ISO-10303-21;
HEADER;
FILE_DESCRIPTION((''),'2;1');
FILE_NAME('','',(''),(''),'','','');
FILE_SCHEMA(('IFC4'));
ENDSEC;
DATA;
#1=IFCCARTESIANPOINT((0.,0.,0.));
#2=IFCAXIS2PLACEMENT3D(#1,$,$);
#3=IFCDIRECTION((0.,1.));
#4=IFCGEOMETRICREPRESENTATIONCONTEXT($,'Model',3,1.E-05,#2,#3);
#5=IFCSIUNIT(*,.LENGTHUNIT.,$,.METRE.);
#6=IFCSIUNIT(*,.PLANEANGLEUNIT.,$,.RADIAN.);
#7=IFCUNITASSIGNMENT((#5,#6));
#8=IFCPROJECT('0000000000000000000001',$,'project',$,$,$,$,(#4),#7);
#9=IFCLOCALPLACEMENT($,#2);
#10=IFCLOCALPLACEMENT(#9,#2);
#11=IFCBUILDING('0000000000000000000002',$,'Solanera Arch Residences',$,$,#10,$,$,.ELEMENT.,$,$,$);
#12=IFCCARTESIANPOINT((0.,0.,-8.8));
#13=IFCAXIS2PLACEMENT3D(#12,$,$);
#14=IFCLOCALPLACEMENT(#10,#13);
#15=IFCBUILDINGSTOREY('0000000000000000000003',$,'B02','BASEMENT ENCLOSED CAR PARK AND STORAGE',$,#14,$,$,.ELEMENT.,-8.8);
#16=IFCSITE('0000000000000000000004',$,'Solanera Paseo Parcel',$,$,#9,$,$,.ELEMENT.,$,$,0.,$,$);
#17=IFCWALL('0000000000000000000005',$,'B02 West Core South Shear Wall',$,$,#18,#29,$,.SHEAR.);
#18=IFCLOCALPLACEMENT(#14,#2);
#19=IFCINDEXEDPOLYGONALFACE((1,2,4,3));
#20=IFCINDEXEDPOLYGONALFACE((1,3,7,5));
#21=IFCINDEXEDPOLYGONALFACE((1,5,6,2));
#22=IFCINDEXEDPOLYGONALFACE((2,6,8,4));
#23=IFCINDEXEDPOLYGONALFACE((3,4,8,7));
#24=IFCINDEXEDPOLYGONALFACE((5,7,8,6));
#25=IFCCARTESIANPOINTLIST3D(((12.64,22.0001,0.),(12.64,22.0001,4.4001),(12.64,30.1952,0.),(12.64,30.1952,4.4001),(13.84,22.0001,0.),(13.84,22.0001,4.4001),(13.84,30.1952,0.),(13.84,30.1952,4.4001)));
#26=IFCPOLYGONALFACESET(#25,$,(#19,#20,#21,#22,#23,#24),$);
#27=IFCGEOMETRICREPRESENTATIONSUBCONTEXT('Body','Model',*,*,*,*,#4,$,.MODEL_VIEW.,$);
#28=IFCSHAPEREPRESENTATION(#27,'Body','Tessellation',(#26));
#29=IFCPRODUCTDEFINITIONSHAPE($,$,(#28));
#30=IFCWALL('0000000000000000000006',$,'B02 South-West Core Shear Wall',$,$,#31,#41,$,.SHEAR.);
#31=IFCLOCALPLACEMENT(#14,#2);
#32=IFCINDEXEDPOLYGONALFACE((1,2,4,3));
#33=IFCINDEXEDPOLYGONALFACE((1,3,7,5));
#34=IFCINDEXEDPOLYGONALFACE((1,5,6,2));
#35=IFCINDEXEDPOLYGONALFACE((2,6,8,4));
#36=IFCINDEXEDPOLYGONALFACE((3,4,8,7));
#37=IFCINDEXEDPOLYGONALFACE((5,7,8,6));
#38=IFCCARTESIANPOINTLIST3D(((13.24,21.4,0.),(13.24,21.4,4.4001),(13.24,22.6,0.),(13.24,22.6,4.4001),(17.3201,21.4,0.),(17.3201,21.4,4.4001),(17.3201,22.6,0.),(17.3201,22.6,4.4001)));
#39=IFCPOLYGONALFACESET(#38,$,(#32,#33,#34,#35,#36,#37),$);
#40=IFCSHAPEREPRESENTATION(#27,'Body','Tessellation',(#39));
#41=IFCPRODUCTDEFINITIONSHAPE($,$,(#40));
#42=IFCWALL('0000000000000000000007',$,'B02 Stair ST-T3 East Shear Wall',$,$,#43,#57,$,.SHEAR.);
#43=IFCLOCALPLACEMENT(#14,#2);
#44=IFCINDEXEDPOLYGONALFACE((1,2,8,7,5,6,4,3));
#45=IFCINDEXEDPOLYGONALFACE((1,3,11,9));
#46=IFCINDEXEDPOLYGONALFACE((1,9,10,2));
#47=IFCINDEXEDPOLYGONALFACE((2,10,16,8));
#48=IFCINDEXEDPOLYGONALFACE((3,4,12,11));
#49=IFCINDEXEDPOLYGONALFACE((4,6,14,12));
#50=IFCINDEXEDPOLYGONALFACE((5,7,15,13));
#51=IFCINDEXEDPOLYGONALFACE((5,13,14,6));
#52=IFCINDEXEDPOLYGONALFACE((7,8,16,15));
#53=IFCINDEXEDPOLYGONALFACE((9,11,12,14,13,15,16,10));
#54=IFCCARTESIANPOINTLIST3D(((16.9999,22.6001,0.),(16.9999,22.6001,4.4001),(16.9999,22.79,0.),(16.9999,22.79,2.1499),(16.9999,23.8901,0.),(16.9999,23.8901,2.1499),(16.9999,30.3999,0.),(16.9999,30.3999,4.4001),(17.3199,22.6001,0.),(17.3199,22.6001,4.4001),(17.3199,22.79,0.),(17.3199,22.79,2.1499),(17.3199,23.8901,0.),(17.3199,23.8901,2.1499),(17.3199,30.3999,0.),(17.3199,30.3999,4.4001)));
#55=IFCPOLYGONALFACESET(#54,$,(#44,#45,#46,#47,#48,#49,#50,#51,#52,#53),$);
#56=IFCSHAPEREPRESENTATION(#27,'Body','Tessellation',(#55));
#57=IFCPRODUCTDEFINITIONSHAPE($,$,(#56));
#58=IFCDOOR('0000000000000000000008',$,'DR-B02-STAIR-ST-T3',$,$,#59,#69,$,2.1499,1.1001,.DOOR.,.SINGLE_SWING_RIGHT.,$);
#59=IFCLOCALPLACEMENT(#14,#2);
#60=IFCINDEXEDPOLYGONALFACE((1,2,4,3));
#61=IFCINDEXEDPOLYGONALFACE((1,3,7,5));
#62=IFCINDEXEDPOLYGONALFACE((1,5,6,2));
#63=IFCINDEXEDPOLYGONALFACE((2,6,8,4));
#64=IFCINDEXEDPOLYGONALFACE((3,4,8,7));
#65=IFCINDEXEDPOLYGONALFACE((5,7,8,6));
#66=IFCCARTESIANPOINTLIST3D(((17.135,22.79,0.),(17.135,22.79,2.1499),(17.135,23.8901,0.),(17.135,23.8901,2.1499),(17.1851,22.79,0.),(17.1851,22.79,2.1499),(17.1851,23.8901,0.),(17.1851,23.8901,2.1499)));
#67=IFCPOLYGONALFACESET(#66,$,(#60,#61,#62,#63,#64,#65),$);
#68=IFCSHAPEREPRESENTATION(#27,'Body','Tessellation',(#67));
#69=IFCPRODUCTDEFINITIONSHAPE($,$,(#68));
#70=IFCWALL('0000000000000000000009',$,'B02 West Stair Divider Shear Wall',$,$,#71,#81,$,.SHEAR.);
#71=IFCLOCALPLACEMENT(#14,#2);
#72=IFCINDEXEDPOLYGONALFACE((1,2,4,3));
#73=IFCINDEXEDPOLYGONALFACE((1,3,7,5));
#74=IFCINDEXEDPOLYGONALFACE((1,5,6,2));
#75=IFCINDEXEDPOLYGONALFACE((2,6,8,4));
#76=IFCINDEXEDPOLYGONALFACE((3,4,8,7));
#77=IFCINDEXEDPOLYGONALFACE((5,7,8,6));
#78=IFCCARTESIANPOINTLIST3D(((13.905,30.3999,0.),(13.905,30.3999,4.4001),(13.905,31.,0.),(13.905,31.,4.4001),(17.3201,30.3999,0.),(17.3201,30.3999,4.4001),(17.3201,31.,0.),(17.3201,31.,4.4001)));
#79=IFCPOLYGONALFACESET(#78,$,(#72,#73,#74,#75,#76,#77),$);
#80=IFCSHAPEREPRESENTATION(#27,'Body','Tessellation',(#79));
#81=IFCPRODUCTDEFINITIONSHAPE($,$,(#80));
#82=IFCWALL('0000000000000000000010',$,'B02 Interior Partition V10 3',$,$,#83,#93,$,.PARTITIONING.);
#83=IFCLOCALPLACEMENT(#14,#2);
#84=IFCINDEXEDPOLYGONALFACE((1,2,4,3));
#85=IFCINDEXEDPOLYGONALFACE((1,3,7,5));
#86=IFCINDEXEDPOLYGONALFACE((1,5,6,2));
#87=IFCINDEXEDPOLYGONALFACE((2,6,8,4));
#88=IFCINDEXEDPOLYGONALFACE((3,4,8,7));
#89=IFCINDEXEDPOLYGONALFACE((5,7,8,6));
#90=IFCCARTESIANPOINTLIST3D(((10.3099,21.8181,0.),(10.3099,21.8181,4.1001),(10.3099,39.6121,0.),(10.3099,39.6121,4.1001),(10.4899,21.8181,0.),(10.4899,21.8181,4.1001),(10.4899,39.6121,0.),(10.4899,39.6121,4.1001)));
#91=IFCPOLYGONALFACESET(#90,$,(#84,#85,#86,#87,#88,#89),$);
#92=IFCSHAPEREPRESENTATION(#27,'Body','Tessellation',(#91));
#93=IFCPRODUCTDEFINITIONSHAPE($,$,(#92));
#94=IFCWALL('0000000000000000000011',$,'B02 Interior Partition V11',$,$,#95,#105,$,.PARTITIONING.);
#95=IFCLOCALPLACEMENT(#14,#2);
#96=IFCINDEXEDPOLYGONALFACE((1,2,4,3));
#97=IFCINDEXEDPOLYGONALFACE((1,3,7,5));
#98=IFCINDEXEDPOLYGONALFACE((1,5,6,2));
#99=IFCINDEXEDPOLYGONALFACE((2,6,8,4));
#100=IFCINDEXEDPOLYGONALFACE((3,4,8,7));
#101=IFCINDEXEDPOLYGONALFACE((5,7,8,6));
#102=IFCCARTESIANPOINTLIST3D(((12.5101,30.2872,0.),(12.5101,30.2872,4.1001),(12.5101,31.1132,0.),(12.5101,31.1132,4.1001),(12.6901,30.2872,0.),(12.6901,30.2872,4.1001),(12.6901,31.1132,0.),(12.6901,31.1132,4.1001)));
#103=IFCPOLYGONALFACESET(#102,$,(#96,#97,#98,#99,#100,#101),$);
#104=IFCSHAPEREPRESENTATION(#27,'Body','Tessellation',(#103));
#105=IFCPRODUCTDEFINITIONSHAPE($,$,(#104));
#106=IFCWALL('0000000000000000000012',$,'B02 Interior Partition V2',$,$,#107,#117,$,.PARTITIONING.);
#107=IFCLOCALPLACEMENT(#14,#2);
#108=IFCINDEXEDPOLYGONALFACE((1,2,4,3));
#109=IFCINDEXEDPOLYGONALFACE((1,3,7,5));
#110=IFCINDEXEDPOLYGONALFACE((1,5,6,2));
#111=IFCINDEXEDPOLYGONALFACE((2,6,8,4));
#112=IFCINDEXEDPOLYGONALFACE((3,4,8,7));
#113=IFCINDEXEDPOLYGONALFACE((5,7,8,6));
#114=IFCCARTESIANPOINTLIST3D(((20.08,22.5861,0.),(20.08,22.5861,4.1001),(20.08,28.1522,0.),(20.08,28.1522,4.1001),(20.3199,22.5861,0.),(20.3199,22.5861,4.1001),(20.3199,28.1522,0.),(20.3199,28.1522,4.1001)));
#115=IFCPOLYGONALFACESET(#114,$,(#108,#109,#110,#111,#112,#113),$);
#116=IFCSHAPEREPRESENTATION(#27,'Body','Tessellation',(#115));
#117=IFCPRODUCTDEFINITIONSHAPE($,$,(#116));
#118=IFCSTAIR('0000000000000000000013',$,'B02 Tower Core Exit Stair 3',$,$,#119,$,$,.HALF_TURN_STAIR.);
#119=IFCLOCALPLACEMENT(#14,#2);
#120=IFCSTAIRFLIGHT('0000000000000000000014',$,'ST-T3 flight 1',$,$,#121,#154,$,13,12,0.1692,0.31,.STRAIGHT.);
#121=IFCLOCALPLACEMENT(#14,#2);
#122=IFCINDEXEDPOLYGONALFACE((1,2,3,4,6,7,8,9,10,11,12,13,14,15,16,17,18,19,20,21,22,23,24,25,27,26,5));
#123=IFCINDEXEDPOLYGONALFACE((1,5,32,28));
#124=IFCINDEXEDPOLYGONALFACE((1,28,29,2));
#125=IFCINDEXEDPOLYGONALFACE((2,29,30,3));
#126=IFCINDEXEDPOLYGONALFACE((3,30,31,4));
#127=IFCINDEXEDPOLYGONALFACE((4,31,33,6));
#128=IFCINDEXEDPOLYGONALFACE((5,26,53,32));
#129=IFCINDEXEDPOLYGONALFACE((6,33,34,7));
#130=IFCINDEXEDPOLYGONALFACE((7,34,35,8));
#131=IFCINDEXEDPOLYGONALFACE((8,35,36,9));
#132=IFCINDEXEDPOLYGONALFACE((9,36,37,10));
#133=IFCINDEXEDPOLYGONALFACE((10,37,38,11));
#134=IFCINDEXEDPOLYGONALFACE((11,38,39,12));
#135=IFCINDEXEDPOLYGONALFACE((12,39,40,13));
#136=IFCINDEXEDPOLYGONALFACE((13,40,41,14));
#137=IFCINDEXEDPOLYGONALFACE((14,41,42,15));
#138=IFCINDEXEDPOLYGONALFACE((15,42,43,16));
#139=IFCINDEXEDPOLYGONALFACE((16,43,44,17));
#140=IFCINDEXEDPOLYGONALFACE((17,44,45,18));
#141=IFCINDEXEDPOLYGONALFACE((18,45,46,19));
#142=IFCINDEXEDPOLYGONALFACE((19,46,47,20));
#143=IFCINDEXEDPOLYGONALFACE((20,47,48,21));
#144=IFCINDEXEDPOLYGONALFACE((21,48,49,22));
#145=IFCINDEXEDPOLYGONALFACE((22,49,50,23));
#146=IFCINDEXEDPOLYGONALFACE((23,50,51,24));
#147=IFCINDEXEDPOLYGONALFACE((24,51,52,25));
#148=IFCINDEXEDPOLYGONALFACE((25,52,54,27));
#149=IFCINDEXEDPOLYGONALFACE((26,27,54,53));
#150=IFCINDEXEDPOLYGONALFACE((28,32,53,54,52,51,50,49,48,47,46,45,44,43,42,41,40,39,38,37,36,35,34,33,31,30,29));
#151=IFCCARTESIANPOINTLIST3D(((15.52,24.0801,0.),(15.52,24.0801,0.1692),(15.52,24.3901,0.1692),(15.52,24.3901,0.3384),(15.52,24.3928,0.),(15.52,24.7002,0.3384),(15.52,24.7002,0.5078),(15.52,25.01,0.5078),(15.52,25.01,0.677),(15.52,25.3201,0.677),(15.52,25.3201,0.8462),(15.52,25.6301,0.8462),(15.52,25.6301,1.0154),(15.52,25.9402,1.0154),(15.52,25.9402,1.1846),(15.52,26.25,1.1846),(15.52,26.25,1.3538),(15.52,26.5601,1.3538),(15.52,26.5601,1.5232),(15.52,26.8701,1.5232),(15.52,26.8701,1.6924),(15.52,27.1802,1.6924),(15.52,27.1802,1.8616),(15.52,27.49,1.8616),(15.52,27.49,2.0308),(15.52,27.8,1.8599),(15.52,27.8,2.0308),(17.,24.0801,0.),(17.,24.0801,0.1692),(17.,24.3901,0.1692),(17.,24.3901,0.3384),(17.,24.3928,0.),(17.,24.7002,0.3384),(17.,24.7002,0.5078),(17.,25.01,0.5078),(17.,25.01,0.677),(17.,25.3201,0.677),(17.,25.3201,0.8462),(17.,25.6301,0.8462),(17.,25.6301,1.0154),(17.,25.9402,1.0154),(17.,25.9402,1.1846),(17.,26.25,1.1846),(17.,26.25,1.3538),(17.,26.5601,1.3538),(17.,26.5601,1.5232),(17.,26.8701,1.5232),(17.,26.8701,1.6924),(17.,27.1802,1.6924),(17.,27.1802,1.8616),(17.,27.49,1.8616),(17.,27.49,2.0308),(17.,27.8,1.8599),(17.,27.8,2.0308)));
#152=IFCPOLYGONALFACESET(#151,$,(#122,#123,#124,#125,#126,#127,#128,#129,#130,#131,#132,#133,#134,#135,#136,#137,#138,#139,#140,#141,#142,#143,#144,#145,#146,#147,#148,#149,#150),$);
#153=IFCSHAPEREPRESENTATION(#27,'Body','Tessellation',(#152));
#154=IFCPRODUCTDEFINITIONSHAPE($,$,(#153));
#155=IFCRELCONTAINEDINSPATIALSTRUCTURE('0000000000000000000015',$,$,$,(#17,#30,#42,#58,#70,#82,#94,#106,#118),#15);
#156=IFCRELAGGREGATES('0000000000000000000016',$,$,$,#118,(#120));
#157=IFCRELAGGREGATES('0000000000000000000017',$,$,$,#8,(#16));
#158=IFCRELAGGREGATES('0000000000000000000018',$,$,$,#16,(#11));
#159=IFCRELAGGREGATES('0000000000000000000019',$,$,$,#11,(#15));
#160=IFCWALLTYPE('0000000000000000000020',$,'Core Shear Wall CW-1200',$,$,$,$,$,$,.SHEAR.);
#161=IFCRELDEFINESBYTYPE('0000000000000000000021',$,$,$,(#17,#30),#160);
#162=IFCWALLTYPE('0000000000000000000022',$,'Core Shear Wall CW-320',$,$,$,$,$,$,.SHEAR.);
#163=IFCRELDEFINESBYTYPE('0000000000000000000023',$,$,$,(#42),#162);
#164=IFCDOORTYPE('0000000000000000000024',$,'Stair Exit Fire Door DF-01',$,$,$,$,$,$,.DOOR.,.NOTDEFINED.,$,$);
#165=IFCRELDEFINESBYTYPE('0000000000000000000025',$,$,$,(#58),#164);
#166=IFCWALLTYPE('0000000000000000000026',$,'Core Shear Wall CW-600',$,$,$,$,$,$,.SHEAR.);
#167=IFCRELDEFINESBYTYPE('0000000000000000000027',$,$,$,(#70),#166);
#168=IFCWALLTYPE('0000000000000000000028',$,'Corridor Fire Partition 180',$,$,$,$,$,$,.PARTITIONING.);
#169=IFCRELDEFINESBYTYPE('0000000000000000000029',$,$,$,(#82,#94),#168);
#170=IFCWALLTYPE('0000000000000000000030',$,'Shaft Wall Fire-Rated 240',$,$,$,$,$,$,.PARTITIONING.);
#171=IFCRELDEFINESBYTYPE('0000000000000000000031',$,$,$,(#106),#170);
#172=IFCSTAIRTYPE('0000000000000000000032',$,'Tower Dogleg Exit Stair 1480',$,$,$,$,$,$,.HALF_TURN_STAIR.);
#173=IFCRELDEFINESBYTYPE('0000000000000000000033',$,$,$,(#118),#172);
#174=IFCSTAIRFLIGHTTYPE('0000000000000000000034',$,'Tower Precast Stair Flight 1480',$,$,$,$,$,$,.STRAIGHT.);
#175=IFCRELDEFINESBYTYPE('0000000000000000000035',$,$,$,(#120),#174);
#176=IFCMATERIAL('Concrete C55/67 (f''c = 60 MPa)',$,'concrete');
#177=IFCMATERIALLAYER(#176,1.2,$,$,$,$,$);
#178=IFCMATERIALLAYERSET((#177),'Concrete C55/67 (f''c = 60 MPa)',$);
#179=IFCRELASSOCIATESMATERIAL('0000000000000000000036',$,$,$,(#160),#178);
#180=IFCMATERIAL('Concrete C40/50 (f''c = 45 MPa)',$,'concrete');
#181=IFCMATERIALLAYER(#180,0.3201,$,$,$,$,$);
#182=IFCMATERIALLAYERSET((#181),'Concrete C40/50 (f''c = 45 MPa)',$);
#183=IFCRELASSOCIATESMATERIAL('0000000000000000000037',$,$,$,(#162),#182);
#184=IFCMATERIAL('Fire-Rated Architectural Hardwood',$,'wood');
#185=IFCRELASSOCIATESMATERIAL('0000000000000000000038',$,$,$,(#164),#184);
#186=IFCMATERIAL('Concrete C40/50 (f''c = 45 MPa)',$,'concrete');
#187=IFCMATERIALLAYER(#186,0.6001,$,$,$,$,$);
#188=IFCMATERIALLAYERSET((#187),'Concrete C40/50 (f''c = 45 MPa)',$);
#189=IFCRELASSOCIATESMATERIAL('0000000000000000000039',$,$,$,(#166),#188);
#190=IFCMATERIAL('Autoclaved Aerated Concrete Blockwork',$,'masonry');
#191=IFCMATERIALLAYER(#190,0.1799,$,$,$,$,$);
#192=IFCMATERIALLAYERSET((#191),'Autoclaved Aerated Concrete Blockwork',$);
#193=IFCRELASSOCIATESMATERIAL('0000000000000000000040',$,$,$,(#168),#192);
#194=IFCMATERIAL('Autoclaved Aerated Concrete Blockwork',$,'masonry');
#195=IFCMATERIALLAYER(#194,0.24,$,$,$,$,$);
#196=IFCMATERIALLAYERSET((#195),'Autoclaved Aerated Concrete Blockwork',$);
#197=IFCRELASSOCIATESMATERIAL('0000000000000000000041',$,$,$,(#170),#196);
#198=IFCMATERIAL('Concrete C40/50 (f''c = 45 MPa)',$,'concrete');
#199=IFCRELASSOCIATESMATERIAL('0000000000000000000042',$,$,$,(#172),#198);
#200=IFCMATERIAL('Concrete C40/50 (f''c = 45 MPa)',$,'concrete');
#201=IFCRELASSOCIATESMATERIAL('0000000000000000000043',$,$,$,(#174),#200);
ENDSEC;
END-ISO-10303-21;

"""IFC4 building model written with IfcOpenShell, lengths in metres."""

from ifc_helpers import new_model, si_unit, direction, frame, frame_2d, origin, place, context, subcontext, project, spatial, polyline, rectangle, outline, extrude, material, layer, layer_set, type_object, element, fill, aggregate, save


model = new_model("IFC4")

# Units and contexts
model_context = context("Model", 3, precision=1e-05, world=origin(), true_north=direction((0.0, 1.0)))
body_context = subcontext(model_context, "Body", "Model", "MODEL_VIEW")
ifc_project = project(units=[si_unit("LENGTHUNIT", "METRE"), si_unit("PLANEANGLEUNIT", "RADIAN")], contexts=[model_context])

# Site, building, storey
site_placement = place(None, origin())
site = spatial("IfcSite", under=ifc_project, at=site_placement, Name="Solanera Paseo Parcel", CompositionType="ELEMENT", RefElevation=0.0)
building_placement = place(site_placement, origin())
building = spatial("IfcBuilding", under=site, at=building_placement, Name="Solanera Arch Residences", CompositionType="ELEMENT")
storey_placement = place(building_placement, frame((0.0, 0.0, -8.8)))
storey = spatial("IfcBuildingStorey", under=building, at=storey_placement, Name="B02", Description="BASEMENT ENCLOSED CAR PARK AND STORAGE", CompositionType="ELEMENT", Elevation=-8.8)

# Walls
ifc_material_1 = material(Name="Concrete C55/67 (f'c = 60 MPa)", Category="concrete")
ifc_layer_1 = layer(ifc_material_1, 1.2)
ifc_layer_set_1 = layer_set([ifc_layer_1], Name="Concrete C55/67 (f'c = 60 MPa)")
wall_type_1 = type_object("IfcWallType", Name="Core Shear Wall CW-1200", PredefinedType="SHEAR", material=ifc_layer_set_1)
wall_1_placement = place(storey_placement, frame((13.24, 22.0, 0.0), z_axis=(0.0, 0.0, 1.0), x_axis=(0.0, 1.0, 0.0)))
element("IfcWall", 1, at=wall_1_placement, inside=storey, type_object=wall_type_1, Name="B02 West Core South Shear Wall", PredefinedType="SHEAR", context=body_context, shape_type="SweptSolid", body=[
    extrude(rectangle(XDim=8.1951, YDim=1.2, at=frame_2d((4.0977, 0.0))), origin(), (0.0, 0.0, 1.0), 4.4001),
])
wall_2_placement = place(storey_placement, frame((13.24, 22.0, 0.0), z_axis=(0.0, 0.0, 1.0), x_axis=(1.0, 0.0, 0.0)))
element("IfcWall", 2, at=wall_2_placement, inside=storey, type_object=wall_type_1, Name="B02 South-West Core Shear Wall", PredefinedType="SHEAR", context=body_context, shape_type="SweptSolid", body=[
    extrude(rectangle(XDim=4.0801, YDim=1.2, at=frame_2d((2.04, 0.0))), origin(), (0.0, 0.0, 1.0), 4.4001),
])

# Wall, opening, door
ifc_material_2 = material(Name="Concrete C40/50 (f'c = 45 MPa)", Category="concrete")
ifc_layer_2 = layer(ifc_material_2, 0.3201)
ifc_layer_set_2 = layer_set([ifc_layer_2], Name="Concrete C40/50 (f'c = 45 MPa)")
wall_type_2 = type_object("IfcWallType", Name="Core Shear Wall CW-320", PredefinedType="SHEAR", material=ifc_layer_set_2)
wall_3_placement = place(storey_placement, frame((17.1599, 22.6001, 0.0), z_axis=(0.0, 0.0, 1.0), x_axis=(0.0, 1.0, 0.0)))
wall_3 = element("IfcWall", 3, at=wall_3_placement, inside=storey, type_object=wall_type_2, Name="B02 Stair ST-T3 East Shear Wall", PredefinedType="SHEAR", context=body_context, shape_type="SweptSolid", body=[
    extrude(rectangle(XDim=7.7998, YDim=0.3201, at=frame_2d((3.8999, 0.0))), origin(), (0.0, 0.0, 1.0), 4.4001),
])
opening_1_placement = place(wall_3_placement, frame((0.1899, 0.0, 0.0)))
opening_1 = element("IfcOpeningElement", 4, at=opening_1_placement, cuts=wall_3, PredefinedType="OPENING", context=body_context, shape_type="SweptSolid", body=[
    extrude(rectangle(XDim=1.1001, YDim=2.1499, at=frame_2d((0.55, 1.075))), frame((0.0, 0.1699, 0.0), z_axis=(0.0, -1.0, 0.0), x_axis=(1.0, 0.0, 0.0)), (0.0, 0.0, 1.0), 0.3401),
])
ifc_material_3 = material(Name="Fire-Rated Architectural Hardwood", Category="wood")
door_type_1 = type_object("IfcDoorType", Name="Stair Exit Fire Door DF-01", OperationType="NOTDEFINED", PredefinedType="DOOR", material=ifc_material_3)
door_1_placement = place(opening_1_placement, origin())
door_1 = element("IfcDoor", 5, at=door_1_placement, inside=storey, type_object=door_type_1, Name="DR-B02-STAIR-ST-T3", OperationType="SINGLE_SWING_RIGHT", OverallHeight=2.1499, OverallWidth=1.1001, PredefinedType="DOOR", context=body_context, shape_type="SweptSolid", body=[
    extrude(rectangle(XDim=1.1001, YDim=2.1499, at=frame_2d((0.55, 1.075))), frame((0.0, 0.0249, 0.0), z_axis=(0.0, -1.0, 0.0), x_axis=(1.0, 0.0, 0.0)), (0.0, 0.0, 1.0), 0.05),
])
fill(opening_1, door_1)

# Walls
ifc_material_4 = material(Name="Concrete C40/50 (f'c = 45 MPa)", Category="concrete")
ifc_layer_3 = layer(ifc_material_4, 0.6001)
ifc_layer_set_3 = layer_set([ifc_layer_3], Name="Concrete C40/50 (f'c = 45 MPa)")
wall_type_3 = type_object("IfcWallType", Name="Core Shear Wall CW-600", PredefinedType="SHEAR", material=ifc_layer_set_3)
wall_4_placement = place(storey_placement, frame((13.905, 30.7, 0.0), z_axis=(0.0, 0.0, 1.0), x_axis=(1.0, 0.0, 0.0)))
element("IfcWall", 6, at=wall_4_placement, inside=storey, type_object=wall_type_3, Name="B02 West Stair Divider Shear Wall", PredefinedType="SHEAR", context=body_context, shape_type="SweptSolid", body=[
    extrude(rectangle(XDim=3.415, YDim=0.6001, at=frame_2d((1.7075, 0.0))), origin(), (0.0, 0.0, 1.0), 4.4001),
])
ifc_material_5 = material(Name="Autoclaved Aerated Concrete Blockwork", Category="masonry")
ifc_layer_4 = layer(ifc_material_5, 0.1799)
ifc_layer_set_4 = layer_set([ifc_layer_4], Name="Autoclaved Aerated Concrete Blockwork")
wall_type_4 = type_object("IfcWallType", Name="Corridor Fire Partition 180", PredefinedType="PARTITIONING", material=ifc_layer_set_4)
wall_5_placement = place(storey_placement, frame((10.3999, 21.8181, 0.0), z_axis=(0.0, 0.0, 1.0), x_axis=(0.0, 1.0, 0.0)))
element("IfcWall", 7, at=wall_5_placement, inside=storey, type_object=wall_type_4, Name="B02 Interior Partition V10 3", PredefinedType="PARTITIONING", context=body_context, shape_type="SweptSolid", body=[
    extrude(rectangle(XDim=17.7939, YDim=0.1799, at=frame_2d((8.897, 0.0))), origin(), (0.0, 0.0, 1.0), 4.1001),
])
wall_6_placement = place(storey_placement, frame((12.6001, 30.2871, 0.0), z_axis=(0.0, 0.0, 1.0), x_axis=(0.0, 1.0, 0.0)))
element("IfcWall", 8, at=wall_6_placement, inside=storey, type_object=wall_type_4, Name="B02 Interior Partition V11", PredefinedType="PARTITIONING", context=body_context, shape_type="SweptSolid", body=[
    extrude(rectangle(XDim=0.8259, YDim=0.1799, at=frame_2d((0.4131, 0.0))), origin(), (0.0, 0.0, 1.0), 4.1001),
])

# Shared definitions
ifc_material_6 = material(Name="Autoclaved Aerated Concrete Blockwork", Category="masonry")
ifc_layer_5 = layer(ifc_material_6, 0.24)
ifc_layer_set_5 = layer_set([ifc_layer_5], Name="Autoclaved Aerated Concrete Blockwork")
wall_type_5 = type_object("IfcWallType", Name="Shaft Wall Fire-Rated 240", PredefinedType="PARTITIONING", material=ifc_layer_set_5)

# Wall
wall_7_placement = place(storey_placement, frame((20.2, 22.5859, 0.0), z_axis=(0.0, 0.0, 1.0), x_axis=(0.0, 1.0, 0.0)))
element("IfcWall", 9, at=wall_7_placement, inside=storey, type_object=wall_type_5, Name="B02 Interior Partition V2", PredefinedType="PARTITIONING", context=body_context, shape_type="SweptSolid", body=[
    extrude(rectangle(XDim=5.5662, YDim=0.24, at=frame_2d((2.7832, 0.0))), origin(), (0.0, 0.0, 1.0), 4.1001),
])

# Stair, stair flight
ifc_material_7 = material(Name="Concrete C40/50 (f'c = 45 MPa)", Category="concrete")
stair_type = type_object("IfcStairType", Name="Tower Dogleg Exit Stair 1480", PredefinedType="HALF_TURN_STAIR", material=ifc_material_7)
stair_placement = place(storey_placement, origin())
stair = element("IfcStair", 10, at=stair_placement, inside=storey, type_object=stair_type, Name="B02 Tower Core Exit Stair 3", PredefinedType="HALF_TURN_STAIR")
ifc_material_8 = material(Name="Concrete C40/50 (f'c = 45 MPa)", Category="concrete")
stair_flight_type = type_object("IfcStairFlightType", Name="Tower Precast Stair Flight 1480", PredefinedType="STRAIGHT", material=ifc_material_8)
stair_flight_1_placement = place(storey_placement, frame((16.26, 24.0801, 0.0), z_axis=(0.0, 0.0, 1.0), x_axis=(0.0, 1.0, 0.0)))
stair_flight_1 = element("IfcStairFlight", 11, at=stair_flight_1_placement, type_object=stair_flight_type, Name="ST-T3 flight 1", NumberOfRisers=13, NumberOfTreads=12, PredefinedType="STRAIGHT", RiserHeight=0.1692, TreadLength=0.31, context=body_context, shape_type="SweptSolid", body=[
    extrude(outline(polyline([(0.0, 0.0), (0.0, 0.1692), (0.3101, 0.1692), (0.3101, 0.3384), (0.6201, 0.3384), (0.6201, 0.5078), (0.9299, 0.5078), (0.9299, 0.677), (1.24, 0.677), (1.24, 0.8462), (1.55, 0.8462), (1.55, 1.0154), (1.8601, 1.0154), (1.8601, 1.1846), (2.1699, 1.1846), (2.1699, 1.3538), (2.48, 1.3538), (2.48, 1.5232), (2.79, 1.5232), (2.79, 1.6924), (3.1001, 1.6924), (3.1001, 1.8616), (3.4099, 1.8616), (3.4099, 2.0308), (3.72, 2.0308), (3.72, 2.2), (3.72, 1.8599), (0.3127, 0.0), (0.0, 0.0)])), frame((0.0, 0.74, 0.0), z_axis=(0.0, -1.0, 0.0), x_axis=(1.0, 0.0, 0.0)), (0.0, 0.0, 1.0), 1.48),
])
aggregate(stair, [stair_flight_1])

save(model, "model.ifc")
